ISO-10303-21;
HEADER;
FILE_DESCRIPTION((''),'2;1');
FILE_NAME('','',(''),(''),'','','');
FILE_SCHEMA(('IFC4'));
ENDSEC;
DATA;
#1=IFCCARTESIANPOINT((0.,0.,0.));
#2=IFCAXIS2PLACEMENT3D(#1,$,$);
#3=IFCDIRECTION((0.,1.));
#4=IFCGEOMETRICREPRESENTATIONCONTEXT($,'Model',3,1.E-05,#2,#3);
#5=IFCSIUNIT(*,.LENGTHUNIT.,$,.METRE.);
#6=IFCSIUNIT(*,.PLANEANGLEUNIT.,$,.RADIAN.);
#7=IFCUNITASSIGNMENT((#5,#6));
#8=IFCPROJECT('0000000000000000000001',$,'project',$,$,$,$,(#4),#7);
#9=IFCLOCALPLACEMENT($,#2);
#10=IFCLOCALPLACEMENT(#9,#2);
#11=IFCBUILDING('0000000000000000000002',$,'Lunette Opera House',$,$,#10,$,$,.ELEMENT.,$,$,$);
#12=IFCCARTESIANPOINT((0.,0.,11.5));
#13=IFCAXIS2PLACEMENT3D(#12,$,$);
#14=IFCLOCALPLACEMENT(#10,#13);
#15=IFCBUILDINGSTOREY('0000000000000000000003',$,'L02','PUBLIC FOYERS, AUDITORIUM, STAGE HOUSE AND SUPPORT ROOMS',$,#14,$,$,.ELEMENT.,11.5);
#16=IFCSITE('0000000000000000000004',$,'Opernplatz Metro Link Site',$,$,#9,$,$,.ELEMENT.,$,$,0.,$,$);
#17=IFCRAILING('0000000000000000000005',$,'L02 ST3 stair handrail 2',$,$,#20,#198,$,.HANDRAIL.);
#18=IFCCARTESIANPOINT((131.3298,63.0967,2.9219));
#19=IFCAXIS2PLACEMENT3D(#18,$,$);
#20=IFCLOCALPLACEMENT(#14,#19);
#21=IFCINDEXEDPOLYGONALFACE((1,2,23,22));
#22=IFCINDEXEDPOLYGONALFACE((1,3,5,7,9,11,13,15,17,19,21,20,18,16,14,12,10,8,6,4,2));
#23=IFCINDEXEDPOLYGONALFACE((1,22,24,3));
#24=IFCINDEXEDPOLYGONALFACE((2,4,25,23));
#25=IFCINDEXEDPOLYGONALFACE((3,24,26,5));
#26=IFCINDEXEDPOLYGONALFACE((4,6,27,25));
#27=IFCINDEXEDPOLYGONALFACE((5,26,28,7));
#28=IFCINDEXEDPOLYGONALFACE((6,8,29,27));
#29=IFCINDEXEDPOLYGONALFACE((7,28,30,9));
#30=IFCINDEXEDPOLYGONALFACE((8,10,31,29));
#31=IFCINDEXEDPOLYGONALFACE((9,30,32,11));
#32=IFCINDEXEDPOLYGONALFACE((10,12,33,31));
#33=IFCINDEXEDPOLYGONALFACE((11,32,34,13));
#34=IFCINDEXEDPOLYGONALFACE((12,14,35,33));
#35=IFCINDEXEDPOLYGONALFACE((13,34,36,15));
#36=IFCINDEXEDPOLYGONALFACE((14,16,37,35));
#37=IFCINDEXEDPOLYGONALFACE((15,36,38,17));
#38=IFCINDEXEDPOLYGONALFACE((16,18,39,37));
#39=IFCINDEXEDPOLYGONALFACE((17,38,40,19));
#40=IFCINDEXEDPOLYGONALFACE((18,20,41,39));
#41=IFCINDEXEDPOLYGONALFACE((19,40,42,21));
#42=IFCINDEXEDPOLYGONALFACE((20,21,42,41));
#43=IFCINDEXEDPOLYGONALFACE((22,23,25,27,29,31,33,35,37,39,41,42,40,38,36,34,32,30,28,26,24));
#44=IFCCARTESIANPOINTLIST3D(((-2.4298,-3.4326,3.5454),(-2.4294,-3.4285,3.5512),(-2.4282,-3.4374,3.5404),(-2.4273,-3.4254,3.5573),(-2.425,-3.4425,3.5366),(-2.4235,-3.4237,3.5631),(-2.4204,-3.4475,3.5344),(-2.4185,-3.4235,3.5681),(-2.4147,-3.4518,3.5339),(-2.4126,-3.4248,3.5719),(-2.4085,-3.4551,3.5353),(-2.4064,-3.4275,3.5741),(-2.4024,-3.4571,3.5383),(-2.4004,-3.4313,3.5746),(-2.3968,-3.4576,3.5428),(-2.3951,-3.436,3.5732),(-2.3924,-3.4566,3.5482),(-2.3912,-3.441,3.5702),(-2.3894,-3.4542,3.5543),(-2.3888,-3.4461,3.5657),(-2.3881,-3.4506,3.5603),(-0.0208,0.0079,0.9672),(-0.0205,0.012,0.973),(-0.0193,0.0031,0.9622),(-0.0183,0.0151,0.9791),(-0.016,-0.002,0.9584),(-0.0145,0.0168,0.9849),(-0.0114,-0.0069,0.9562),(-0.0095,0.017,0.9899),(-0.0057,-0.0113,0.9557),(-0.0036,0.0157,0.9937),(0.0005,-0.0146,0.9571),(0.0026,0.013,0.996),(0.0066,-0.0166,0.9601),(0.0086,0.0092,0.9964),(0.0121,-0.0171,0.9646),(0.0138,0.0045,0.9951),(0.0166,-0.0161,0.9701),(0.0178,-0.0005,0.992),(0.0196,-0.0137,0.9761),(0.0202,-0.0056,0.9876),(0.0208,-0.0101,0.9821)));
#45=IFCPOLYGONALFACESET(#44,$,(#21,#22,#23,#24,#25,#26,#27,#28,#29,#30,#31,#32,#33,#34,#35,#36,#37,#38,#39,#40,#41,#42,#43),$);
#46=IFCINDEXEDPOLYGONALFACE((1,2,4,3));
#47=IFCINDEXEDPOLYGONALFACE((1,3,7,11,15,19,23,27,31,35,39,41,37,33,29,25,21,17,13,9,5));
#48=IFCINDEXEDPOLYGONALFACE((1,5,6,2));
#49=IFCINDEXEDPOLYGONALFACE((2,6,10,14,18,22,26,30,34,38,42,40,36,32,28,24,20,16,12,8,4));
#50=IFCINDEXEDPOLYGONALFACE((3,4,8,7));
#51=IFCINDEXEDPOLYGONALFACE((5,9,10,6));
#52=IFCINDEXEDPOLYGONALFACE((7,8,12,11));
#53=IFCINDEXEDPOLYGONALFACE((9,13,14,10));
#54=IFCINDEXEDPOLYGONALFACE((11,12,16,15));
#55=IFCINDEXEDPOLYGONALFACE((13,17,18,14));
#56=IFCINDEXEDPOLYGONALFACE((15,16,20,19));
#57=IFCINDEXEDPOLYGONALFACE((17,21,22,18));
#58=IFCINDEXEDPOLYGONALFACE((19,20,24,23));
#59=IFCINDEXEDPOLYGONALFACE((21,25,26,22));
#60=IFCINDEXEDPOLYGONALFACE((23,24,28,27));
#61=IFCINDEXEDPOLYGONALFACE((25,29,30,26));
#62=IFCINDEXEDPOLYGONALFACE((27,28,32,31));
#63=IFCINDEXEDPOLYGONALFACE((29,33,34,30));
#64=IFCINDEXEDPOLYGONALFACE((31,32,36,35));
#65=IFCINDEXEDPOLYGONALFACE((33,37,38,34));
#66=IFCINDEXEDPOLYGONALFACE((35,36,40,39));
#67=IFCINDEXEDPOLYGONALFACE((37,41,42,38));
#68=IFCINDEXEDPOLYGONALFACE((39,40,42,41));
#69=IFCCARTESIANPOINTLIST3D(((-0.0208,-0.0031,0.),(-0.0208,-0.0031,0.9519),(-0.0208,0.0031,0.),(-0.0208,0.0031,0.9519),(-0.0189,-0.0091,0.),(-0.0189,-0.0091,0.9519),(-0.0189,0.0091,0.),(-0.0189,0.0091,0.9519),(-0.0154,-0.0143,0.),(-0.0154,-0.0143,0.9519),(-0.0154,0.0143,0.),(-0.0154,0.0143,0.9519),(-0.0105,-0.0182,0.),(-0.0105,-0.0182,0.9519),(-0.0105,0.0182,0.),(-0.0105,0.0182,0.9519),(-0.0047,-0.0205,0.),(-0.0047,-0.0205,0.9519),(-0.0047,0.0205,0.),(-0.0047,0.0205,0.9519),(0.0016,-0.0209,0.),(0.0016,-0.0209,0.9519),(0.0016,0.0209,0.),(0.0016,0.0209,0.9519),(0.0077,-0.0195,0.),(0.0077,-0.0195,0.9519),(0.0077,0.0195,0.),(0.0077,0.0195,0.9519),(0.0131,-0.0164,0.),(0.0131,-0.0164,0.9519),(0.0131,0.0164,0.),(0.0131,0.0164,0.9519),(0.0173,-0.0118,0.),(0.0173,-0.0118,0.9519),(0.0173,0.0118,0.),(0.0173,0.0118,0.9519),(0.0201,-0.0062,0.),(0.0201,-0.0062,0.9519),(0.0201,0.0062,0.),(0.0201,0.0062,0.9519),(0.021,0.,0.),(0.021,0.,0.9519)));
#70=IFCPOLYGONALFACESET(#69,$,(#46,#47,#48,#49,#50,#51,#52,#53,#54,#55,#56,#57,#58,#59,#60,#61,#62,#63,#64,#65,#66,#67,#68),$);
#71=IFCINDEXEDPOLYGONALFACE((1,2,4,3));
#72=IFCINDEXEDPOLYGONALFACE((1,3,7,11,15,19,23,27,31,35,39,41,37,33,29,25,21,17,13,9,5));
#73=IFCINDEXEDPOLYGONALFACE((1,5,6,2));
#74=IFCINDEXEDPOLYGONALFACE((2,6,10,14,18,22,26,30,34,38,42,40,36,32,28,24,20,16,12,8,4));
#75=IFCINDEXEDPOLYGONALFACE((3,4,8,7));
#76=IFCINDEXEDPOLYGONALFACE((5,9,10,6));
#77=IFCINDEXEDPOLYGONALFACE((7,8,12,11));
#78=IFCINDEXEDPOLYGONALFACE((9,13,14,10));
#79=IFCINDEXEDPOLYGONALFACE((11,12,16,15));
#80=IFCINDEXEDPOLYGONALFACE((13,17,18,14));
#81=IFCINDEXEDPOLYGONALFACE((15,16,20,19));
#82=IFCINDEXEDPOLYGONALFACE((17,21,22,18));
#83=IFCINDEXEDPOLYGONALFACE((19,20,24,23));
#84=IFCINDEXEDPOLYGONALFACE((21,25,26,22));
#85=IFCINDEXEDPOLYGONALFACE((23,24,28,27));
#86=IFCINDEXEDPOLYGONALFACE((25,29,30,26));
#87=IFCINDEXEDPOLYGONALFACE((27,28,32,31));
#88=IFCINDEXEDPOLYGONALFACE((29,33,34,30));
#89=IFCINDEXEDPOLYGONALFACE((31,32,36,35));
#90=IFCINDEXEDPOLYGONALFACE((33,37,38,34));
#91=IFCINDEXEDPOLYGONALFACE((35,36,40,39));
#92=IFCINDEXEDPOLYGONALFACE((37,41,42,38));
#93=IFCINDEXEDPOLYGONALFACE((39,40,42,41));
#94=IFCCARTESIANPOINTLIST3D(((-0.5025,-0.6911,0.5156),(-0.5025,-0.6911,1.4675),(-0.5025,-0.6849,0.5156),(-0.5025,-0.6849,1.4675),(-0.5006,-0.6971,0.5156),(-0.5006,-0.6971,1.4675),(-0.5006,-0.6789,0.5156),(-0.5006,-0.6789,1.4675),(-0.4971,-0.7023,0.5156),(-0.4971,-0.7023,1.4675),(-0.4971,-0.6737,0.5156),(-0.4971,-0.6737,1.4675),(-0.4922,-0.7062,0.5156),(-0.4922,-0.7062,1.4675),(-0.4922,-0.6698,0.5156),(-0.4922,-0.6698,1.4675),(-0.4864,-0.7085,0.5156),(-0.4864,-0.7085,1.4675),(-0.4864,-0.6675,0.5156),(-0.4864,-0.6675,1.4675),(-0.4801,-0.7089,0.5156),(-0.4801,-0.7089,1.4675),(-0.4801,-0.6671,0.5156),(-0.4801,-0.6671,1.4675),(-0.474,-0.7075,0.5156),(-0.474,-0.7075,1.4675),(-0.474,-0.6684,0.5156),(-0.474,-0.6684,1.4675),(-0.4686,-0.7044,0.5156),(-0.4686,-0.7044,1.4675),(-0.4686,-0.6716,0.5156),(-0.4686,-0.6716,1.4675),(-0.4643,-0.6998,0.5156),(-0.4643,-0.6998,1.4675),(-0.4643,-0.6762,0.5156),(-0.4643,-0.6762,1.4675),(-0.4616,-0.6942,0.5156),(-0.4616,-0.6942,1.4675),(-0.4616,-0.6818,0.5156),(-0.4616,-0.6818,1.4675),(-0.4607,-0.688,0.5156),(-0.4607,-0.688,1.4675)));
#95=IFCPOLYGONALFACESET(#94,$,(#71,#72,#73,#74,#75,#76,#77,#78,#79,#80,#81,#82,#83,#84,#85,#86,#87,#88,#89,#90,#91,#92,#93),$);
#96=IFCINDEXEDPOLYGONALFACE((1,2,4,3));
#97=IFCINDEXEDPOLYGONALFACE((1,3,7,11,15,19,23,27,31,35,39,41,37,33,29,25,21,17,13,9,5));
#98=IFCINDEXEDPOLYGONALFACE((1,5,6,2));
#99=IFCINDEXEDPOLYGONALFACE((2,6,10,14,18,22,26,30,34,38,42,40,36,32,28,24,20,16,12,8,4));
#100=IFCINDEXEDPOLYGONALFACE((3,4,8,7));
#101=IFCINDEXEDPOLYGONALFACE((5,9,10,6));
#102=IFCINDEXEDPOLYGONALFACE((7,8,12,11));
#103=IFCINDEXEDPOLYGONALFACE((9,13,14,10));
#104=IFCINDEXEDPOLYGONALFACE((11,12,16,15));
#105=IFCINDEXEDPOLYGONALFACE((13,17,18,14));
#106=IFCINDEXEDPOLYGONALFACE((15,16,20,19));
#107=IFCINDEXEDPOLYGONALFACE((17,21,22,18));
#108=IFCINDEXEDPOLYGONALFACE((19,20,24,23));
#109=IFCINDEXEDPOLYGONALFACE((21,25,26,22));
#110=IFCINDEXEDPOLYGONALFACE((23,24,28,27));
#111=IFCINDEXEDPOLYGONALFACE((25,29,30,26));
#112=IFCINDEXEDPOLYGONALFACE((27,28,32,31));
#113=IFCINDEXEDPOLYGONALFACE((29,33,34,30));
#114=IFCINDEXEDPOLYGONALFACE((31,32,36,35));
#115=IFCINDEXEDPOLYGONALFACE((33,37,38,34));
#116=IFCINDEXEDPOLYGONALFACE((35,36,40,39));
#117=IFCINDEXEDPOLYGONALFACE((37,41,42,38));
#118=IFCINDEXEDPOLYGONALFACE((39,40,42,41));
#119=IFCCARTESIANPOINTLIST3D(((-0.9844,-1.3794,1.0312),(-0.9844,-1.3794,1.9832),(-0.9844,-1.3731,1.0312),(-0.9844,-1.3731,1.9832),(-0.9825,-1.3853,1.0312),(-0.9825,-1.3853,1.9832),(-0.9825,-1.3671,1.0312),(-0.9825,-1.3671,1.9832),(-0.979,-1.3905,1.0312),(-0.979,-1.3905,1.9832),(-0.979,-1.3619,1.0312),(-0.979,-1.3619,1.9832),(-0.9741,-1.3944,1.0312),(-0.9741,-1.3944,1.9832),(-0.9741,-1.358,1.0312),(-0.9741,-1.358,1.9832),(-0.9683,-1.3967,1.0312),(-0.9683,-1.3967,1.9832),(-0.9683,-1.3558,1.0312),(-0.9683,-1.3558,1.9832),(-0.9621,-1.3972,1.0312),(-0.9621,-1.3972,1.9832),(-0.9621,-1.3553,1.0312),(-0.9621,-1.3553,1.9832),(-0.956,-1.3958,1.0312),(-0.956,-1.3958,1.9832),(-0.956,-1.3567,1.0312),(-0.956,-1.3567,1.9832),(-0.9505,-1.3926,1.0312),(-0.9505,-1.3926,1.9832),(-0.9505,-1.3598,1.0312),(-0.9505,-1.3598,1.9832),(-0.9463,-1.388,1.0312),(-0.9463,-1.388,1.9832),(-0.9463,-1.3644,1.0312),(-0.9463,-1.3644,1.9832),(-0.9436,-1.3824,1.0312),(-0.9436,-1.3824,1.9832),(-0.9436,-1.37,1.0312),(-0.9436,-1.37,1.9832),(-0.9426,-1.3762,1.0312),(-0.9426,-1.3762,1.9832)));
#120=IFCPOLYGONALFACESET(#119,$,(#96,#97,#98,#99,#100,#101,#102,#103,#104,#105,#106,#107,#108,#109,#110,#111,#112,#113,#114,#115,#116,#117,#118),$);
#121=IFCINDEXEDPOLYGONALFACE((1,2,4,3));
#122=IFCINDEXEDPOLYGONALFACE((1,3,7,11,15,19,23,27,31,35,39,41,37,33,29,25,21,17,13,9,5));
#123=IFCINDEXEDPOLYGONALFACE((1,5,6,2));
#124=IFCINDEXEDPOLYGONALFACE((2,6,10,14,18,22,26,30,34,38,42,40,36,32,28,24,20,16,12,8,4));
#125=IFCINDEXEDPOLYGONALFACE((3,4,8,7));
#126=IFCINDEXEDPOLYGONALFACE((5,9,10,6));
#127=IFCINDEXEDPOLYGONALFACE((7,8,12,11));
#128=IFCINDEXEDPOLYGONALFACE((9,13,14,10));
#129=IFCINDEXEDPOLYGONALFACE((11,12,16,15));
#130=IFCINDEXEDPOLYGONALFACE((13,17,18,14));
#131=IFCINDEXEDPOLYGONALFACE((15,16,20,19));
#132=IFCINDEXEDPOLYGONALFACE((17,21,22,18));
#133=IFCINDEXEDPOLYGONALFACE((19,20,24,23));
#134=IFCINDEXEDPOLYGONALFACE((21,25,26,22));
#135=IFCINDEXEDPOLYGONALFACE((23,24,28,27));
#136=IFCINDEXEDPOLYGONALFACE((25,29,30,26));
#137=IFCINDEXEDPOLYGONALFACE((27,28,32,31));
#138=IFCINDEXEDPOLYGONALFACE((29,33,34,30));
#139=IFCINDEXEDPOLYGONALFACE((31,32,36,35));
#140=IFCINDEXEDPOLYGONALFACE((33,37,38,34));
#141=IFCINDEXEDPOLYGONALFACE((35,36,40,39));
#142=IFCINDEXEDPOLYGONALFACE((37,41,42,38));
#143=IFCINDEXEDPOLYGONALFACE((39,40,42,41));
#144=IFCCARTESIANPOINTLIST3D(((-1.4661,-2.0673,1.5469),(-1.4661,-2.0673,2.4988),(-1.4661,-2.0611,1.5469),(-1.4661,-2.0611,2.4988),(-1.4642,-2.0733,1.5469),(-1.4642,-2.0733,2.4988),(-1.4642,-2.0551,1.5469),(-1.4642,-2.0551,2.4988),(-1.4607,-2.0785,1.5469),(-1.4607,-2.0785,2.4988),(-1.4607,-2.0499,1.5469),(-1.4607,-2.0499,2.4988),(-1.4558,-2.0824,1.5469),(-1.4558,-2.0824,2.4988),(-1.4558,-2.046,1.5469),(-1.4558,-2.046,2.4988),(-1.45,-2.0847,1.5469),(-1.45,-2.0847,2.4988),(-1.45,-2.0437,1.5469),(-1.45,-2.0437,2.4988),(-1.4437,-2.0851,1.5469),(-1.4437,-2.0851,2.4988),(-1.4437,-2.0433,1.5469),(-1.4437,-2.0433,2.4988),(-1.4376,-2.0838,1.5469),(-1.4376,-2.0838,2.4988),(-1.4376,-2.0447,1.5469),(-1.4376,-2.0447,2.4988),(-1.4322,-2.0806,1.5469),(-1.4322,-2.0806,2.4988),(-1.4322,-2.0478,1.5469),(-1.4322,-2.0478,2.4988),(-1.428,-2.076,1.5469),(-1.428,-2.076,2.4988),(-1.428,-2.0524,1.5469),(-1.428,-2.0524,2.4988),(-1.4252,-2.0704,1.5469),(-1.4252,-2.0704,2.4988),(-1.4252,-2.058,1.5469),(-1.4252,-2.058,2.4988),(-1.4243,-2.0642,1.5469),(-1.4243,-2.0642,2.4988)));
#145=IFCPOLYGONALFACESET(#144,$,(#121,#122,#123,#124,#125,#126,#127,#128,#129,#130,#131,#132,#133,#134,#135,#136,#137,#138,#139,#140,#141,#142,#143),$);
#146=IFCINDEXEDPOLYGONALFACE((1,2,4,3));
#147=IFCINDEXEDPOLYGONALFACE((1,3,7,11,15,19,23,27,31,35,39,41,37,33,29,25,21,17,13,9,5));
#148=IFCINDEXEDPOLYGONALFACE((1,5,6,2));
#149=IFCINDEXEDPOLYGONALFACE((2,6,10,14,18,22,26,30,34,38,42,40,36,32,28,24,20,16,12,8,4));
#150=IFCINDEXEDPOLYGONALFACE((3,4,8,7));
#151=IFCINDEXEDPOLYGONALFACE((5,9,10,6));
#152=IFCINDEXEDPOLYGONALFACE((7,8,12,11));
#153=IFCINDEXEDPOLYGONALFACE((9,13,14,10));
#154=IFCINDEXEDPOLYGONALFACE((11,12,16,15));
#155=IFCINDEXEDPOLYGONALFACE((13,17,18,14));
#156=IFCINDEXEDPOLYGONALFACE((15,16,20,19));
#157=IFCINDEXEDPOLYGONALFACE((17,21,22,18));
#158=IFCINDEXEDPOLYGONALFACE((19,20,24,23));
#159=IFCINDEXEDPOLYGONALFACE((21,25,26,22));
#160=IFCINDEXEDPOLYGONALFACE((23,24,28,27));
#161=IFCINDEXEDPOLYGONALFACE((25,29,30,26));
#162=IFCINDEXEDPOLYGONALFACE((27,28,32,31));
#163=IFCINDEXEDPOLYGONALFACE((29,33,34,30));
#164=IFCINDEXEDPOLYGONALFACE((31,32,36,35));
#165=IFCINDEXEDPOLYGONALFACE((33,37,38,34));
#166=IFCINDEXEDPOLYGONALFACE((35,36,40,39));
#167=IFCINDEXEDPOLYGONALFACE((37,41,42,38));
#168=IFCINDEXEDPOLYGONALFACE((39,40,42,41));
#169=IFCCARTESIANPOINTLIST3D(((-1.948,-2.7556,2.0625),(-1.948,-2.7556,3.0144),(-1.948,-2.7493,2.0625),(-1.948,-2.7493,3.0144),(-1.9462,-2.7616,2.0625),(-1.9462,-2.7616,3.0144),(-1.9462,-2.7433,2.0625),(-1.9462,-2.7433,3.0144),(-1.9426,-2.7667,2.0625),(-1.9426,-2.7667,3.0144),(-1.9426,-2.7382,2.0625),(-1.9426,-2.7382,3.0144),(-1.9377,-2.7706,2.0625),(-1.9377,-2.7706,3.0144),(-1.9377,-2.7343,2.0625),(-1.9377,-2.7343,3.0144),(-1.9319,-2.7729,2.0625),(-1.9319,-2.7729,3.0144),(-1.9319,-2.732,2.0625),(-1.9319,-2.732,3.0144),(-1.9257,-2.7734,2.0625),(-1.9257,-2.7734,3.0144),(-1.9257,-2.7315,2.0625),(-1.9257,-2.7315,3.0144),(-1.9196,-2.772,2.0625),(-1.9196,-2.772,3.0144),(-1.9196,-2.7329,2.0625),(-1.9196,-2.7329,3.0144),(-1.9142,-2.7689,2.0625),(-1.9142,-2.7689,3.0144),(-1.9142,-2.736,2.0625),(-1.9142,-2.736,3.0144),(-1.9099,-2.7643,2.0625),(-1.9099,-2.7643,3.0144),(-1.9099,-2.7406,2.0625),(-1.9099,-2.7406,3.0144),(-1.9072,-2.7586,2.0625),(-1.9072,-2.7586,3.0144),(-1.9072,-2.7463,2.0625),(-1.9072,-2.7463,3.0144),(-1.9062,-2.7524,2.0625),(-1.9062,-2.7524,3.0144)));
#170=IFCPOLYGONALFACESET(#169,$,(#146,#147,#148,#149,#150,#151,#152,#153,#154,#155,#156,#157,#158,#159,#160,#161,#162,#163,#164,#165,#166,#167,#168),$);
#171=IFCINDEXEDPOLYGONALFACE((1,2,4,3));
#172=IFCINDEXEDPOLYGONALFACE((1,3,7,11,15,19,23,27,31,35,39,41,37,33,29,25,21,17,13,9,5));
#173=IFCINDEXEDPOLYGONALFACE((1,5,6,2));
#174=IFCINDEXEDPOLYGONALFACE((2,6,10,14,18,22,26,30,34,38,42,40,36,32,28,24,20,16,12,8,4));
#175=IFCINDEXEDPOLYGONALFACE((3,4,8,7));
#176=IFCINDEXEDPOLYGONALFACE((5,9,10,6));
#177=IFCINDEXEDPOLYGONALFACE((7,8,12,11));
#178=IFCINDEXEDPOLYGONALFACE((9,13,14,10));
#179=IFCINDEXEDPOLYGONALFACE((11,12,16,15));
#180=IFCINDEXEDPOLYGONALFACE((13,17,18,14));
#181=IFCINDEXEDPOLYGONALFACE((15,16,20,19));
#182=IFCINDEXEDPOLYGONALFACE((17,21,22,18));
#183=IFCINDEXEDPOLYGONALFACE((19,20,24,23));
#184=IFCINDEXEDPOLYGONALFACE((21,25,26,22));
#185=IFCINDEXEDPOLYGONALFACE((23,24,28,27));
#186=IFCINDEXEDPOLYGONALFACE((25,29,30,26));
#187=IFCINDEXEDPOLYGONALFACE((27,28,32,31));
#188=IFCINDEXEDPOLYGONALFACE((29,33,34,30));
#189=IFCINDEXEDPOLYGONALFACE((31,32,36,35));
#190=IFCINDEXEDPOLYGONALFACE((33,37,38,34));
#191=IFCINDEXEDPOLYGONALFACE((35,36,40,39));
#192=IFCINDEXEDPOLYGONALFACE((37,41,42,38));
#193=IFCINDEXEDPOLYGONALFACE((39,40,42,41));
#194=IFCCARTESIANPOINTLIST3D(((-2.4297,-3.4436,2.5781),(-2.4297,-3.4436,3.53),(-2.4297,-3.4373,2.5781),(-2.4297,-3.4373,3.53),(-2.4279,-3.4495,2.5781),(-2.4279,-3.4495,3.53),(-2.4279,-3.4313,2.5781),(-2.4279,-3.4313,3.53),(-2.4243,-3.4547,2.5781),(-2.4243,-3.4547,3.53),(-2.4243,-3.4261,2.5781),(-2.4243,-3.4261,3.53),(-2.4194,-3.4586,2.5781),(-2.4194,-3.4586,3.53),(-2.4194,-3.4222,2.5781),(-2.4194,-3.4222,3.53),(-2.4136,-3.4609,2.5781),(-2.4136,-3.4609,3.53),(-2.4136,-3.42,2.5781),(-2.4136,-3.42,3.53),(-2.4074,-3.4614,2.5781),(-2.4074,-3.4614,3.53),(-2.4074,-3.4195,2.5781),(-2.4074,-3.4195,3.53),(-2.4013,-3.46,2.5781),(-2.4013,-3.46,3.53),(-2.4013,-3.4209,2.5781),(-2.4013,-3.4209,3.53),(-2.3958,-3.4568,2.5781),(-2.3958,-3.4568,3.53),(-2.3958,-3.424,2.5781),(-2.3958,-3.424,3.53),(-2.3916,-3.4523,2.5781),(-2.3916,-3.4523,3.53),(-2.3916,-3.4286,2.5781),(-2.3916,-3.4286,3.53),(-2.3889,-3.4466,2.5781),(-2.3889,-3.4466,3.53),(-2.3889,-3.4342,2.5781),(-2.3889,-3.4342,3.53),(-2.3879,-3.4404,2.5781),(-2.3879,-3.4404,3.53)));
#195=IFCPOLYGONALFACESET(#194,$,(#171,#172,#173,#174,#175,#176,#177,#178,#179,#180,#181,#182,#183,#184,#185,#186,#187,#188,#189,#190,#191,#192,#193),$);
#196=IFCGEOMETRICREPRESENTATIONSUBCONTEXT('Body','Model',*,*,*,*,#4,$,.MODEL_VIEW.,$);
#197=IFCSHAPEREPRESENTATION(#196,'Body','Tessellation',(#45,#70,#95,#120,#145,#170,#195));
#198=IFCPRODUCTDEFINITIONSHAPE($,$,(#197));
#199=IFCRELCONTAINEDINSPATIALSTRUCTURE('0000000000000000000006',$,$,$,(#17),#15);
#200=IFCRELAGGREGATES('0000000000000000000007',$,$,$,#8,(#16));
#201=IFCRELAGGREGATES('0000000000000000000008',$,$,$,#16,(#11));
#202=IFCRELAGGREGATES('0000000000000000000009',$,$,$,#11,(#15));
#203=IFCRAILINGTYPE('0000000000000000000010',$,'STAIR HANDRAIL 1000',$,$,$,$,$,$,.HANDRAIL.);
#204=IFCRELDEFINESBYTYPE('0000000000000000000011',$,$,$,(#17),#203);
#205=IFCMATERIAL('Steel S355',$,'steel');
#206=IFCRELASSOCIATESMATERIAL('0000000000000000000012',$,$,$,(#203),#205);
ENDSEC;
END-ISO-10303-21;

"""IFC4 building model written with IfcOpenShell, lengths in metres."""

from ifc_helpers import new_model, si_unit, direction, frame, origin, origin_2d, place, context, subcontext, project, spatial, circle, extrude, material, type_object, element, save


model = new_model("IFC4")

# Units and contexts
model_context = context("Model", 3, precision=1e-05, world=origin(), true_north=direction((0.0, 1.0)))
body_context = subcontext(model_context, "Body", "Model", "MODEL_VIEW")
ifc_project = project(units=[si_unit("LENGTHUNIT", "METRE"), si_unit("PLANEANGLEUNIT", "RADIAN")], contexts=[model_context])

# Site, building, storey
site_placement = place(None, origin())
site = spatial("IfcSite", under=ifc_project, at=site_placement, Name="Opernplatz Metro Link Site", CompositionType="ELEMENT", RefElevation=0.0)
building_placement = place(site_placement, origin())
building = spatial("IfcBuilding", under=site, at=building_placement, Name="Lunette Opera House", CompositionType="ELEMENT")
storey_placement = place(building_placement, frame((0.0, 0.0, 11.5)))
storey = spatial("IfcBuildingStorey", under=building, at=storey_placement, Name="L02", Description="PUBLIC FOYERS, AUDITORIUM, STAGE HOUSE AND SUPPORT ROOMS", CompositionType="ELEMENT", Elevation=11.5)

# Railing
ifc_material_1 = material(Name="Steel S355", Category="steel")
railing_type_1 = type_object("IfcRailingType", Name="STAIR HANDRAIL 1000", PredefinedType="HANDRAIL", material=ifc_material_1)
railing_1_placement = place(storey_placement, frame((131.3298, 63.0967, 2.9219)))
element("IfcRailing", 1, at=railing_1_placement, inside=storey, type_object=railing_type_1, Name="L02 ST3 stair handrail 2", PredefinedType="HANDRAIL", context=body_context, shape_type="SweptSolid", body=[
    extrude(circle(Radius=0.0239, at=origin_2d()), frame((0.0, 0.0, 0.9761), z_axis=(-0.488815, -0.698124, 0.523147), x_axis=(0.819161, -0.573564, 0.0)), (0.0, 0.0, 1.0), 4.9282),
    extrude(circle(Radius=0.021, at=origin_2d()), origin(), (0.0, 0.0, 1.0), 0.9519),
    extrude(circle(Radius=0.021, at=origin_2d()), frame((-0.4817, -0.688, 0.5156)), (0.0, 0.0, 1.0), 0.9519),
    extrude(circle(Radius=0.021, at=origin_2d()), frame((-0.9636, -1.3762, 1.0312)), (0.0, 0.0, 1.0), 0.9519),
    extrude(circle(Radius=0.021, at=origin_2d()), frame((-1.4453, -2.0642, 1.5469)), (0.0, 0.0, 1.0), 0.9519),
    extrude(circle(Radius=0.021, at=origin_2d()), frame((-1.9272, -2.7524, 2.0625)), (0.0, 0.0, 1.0), 0.9519),
    extrude(circle(Radius=0.021, at=origin_2d()), frame((-2.4089, -3.4404, 2.5781)), (0.0, 0.0, 1.0), 0.9519),
])

save(model, "model.ifc")
